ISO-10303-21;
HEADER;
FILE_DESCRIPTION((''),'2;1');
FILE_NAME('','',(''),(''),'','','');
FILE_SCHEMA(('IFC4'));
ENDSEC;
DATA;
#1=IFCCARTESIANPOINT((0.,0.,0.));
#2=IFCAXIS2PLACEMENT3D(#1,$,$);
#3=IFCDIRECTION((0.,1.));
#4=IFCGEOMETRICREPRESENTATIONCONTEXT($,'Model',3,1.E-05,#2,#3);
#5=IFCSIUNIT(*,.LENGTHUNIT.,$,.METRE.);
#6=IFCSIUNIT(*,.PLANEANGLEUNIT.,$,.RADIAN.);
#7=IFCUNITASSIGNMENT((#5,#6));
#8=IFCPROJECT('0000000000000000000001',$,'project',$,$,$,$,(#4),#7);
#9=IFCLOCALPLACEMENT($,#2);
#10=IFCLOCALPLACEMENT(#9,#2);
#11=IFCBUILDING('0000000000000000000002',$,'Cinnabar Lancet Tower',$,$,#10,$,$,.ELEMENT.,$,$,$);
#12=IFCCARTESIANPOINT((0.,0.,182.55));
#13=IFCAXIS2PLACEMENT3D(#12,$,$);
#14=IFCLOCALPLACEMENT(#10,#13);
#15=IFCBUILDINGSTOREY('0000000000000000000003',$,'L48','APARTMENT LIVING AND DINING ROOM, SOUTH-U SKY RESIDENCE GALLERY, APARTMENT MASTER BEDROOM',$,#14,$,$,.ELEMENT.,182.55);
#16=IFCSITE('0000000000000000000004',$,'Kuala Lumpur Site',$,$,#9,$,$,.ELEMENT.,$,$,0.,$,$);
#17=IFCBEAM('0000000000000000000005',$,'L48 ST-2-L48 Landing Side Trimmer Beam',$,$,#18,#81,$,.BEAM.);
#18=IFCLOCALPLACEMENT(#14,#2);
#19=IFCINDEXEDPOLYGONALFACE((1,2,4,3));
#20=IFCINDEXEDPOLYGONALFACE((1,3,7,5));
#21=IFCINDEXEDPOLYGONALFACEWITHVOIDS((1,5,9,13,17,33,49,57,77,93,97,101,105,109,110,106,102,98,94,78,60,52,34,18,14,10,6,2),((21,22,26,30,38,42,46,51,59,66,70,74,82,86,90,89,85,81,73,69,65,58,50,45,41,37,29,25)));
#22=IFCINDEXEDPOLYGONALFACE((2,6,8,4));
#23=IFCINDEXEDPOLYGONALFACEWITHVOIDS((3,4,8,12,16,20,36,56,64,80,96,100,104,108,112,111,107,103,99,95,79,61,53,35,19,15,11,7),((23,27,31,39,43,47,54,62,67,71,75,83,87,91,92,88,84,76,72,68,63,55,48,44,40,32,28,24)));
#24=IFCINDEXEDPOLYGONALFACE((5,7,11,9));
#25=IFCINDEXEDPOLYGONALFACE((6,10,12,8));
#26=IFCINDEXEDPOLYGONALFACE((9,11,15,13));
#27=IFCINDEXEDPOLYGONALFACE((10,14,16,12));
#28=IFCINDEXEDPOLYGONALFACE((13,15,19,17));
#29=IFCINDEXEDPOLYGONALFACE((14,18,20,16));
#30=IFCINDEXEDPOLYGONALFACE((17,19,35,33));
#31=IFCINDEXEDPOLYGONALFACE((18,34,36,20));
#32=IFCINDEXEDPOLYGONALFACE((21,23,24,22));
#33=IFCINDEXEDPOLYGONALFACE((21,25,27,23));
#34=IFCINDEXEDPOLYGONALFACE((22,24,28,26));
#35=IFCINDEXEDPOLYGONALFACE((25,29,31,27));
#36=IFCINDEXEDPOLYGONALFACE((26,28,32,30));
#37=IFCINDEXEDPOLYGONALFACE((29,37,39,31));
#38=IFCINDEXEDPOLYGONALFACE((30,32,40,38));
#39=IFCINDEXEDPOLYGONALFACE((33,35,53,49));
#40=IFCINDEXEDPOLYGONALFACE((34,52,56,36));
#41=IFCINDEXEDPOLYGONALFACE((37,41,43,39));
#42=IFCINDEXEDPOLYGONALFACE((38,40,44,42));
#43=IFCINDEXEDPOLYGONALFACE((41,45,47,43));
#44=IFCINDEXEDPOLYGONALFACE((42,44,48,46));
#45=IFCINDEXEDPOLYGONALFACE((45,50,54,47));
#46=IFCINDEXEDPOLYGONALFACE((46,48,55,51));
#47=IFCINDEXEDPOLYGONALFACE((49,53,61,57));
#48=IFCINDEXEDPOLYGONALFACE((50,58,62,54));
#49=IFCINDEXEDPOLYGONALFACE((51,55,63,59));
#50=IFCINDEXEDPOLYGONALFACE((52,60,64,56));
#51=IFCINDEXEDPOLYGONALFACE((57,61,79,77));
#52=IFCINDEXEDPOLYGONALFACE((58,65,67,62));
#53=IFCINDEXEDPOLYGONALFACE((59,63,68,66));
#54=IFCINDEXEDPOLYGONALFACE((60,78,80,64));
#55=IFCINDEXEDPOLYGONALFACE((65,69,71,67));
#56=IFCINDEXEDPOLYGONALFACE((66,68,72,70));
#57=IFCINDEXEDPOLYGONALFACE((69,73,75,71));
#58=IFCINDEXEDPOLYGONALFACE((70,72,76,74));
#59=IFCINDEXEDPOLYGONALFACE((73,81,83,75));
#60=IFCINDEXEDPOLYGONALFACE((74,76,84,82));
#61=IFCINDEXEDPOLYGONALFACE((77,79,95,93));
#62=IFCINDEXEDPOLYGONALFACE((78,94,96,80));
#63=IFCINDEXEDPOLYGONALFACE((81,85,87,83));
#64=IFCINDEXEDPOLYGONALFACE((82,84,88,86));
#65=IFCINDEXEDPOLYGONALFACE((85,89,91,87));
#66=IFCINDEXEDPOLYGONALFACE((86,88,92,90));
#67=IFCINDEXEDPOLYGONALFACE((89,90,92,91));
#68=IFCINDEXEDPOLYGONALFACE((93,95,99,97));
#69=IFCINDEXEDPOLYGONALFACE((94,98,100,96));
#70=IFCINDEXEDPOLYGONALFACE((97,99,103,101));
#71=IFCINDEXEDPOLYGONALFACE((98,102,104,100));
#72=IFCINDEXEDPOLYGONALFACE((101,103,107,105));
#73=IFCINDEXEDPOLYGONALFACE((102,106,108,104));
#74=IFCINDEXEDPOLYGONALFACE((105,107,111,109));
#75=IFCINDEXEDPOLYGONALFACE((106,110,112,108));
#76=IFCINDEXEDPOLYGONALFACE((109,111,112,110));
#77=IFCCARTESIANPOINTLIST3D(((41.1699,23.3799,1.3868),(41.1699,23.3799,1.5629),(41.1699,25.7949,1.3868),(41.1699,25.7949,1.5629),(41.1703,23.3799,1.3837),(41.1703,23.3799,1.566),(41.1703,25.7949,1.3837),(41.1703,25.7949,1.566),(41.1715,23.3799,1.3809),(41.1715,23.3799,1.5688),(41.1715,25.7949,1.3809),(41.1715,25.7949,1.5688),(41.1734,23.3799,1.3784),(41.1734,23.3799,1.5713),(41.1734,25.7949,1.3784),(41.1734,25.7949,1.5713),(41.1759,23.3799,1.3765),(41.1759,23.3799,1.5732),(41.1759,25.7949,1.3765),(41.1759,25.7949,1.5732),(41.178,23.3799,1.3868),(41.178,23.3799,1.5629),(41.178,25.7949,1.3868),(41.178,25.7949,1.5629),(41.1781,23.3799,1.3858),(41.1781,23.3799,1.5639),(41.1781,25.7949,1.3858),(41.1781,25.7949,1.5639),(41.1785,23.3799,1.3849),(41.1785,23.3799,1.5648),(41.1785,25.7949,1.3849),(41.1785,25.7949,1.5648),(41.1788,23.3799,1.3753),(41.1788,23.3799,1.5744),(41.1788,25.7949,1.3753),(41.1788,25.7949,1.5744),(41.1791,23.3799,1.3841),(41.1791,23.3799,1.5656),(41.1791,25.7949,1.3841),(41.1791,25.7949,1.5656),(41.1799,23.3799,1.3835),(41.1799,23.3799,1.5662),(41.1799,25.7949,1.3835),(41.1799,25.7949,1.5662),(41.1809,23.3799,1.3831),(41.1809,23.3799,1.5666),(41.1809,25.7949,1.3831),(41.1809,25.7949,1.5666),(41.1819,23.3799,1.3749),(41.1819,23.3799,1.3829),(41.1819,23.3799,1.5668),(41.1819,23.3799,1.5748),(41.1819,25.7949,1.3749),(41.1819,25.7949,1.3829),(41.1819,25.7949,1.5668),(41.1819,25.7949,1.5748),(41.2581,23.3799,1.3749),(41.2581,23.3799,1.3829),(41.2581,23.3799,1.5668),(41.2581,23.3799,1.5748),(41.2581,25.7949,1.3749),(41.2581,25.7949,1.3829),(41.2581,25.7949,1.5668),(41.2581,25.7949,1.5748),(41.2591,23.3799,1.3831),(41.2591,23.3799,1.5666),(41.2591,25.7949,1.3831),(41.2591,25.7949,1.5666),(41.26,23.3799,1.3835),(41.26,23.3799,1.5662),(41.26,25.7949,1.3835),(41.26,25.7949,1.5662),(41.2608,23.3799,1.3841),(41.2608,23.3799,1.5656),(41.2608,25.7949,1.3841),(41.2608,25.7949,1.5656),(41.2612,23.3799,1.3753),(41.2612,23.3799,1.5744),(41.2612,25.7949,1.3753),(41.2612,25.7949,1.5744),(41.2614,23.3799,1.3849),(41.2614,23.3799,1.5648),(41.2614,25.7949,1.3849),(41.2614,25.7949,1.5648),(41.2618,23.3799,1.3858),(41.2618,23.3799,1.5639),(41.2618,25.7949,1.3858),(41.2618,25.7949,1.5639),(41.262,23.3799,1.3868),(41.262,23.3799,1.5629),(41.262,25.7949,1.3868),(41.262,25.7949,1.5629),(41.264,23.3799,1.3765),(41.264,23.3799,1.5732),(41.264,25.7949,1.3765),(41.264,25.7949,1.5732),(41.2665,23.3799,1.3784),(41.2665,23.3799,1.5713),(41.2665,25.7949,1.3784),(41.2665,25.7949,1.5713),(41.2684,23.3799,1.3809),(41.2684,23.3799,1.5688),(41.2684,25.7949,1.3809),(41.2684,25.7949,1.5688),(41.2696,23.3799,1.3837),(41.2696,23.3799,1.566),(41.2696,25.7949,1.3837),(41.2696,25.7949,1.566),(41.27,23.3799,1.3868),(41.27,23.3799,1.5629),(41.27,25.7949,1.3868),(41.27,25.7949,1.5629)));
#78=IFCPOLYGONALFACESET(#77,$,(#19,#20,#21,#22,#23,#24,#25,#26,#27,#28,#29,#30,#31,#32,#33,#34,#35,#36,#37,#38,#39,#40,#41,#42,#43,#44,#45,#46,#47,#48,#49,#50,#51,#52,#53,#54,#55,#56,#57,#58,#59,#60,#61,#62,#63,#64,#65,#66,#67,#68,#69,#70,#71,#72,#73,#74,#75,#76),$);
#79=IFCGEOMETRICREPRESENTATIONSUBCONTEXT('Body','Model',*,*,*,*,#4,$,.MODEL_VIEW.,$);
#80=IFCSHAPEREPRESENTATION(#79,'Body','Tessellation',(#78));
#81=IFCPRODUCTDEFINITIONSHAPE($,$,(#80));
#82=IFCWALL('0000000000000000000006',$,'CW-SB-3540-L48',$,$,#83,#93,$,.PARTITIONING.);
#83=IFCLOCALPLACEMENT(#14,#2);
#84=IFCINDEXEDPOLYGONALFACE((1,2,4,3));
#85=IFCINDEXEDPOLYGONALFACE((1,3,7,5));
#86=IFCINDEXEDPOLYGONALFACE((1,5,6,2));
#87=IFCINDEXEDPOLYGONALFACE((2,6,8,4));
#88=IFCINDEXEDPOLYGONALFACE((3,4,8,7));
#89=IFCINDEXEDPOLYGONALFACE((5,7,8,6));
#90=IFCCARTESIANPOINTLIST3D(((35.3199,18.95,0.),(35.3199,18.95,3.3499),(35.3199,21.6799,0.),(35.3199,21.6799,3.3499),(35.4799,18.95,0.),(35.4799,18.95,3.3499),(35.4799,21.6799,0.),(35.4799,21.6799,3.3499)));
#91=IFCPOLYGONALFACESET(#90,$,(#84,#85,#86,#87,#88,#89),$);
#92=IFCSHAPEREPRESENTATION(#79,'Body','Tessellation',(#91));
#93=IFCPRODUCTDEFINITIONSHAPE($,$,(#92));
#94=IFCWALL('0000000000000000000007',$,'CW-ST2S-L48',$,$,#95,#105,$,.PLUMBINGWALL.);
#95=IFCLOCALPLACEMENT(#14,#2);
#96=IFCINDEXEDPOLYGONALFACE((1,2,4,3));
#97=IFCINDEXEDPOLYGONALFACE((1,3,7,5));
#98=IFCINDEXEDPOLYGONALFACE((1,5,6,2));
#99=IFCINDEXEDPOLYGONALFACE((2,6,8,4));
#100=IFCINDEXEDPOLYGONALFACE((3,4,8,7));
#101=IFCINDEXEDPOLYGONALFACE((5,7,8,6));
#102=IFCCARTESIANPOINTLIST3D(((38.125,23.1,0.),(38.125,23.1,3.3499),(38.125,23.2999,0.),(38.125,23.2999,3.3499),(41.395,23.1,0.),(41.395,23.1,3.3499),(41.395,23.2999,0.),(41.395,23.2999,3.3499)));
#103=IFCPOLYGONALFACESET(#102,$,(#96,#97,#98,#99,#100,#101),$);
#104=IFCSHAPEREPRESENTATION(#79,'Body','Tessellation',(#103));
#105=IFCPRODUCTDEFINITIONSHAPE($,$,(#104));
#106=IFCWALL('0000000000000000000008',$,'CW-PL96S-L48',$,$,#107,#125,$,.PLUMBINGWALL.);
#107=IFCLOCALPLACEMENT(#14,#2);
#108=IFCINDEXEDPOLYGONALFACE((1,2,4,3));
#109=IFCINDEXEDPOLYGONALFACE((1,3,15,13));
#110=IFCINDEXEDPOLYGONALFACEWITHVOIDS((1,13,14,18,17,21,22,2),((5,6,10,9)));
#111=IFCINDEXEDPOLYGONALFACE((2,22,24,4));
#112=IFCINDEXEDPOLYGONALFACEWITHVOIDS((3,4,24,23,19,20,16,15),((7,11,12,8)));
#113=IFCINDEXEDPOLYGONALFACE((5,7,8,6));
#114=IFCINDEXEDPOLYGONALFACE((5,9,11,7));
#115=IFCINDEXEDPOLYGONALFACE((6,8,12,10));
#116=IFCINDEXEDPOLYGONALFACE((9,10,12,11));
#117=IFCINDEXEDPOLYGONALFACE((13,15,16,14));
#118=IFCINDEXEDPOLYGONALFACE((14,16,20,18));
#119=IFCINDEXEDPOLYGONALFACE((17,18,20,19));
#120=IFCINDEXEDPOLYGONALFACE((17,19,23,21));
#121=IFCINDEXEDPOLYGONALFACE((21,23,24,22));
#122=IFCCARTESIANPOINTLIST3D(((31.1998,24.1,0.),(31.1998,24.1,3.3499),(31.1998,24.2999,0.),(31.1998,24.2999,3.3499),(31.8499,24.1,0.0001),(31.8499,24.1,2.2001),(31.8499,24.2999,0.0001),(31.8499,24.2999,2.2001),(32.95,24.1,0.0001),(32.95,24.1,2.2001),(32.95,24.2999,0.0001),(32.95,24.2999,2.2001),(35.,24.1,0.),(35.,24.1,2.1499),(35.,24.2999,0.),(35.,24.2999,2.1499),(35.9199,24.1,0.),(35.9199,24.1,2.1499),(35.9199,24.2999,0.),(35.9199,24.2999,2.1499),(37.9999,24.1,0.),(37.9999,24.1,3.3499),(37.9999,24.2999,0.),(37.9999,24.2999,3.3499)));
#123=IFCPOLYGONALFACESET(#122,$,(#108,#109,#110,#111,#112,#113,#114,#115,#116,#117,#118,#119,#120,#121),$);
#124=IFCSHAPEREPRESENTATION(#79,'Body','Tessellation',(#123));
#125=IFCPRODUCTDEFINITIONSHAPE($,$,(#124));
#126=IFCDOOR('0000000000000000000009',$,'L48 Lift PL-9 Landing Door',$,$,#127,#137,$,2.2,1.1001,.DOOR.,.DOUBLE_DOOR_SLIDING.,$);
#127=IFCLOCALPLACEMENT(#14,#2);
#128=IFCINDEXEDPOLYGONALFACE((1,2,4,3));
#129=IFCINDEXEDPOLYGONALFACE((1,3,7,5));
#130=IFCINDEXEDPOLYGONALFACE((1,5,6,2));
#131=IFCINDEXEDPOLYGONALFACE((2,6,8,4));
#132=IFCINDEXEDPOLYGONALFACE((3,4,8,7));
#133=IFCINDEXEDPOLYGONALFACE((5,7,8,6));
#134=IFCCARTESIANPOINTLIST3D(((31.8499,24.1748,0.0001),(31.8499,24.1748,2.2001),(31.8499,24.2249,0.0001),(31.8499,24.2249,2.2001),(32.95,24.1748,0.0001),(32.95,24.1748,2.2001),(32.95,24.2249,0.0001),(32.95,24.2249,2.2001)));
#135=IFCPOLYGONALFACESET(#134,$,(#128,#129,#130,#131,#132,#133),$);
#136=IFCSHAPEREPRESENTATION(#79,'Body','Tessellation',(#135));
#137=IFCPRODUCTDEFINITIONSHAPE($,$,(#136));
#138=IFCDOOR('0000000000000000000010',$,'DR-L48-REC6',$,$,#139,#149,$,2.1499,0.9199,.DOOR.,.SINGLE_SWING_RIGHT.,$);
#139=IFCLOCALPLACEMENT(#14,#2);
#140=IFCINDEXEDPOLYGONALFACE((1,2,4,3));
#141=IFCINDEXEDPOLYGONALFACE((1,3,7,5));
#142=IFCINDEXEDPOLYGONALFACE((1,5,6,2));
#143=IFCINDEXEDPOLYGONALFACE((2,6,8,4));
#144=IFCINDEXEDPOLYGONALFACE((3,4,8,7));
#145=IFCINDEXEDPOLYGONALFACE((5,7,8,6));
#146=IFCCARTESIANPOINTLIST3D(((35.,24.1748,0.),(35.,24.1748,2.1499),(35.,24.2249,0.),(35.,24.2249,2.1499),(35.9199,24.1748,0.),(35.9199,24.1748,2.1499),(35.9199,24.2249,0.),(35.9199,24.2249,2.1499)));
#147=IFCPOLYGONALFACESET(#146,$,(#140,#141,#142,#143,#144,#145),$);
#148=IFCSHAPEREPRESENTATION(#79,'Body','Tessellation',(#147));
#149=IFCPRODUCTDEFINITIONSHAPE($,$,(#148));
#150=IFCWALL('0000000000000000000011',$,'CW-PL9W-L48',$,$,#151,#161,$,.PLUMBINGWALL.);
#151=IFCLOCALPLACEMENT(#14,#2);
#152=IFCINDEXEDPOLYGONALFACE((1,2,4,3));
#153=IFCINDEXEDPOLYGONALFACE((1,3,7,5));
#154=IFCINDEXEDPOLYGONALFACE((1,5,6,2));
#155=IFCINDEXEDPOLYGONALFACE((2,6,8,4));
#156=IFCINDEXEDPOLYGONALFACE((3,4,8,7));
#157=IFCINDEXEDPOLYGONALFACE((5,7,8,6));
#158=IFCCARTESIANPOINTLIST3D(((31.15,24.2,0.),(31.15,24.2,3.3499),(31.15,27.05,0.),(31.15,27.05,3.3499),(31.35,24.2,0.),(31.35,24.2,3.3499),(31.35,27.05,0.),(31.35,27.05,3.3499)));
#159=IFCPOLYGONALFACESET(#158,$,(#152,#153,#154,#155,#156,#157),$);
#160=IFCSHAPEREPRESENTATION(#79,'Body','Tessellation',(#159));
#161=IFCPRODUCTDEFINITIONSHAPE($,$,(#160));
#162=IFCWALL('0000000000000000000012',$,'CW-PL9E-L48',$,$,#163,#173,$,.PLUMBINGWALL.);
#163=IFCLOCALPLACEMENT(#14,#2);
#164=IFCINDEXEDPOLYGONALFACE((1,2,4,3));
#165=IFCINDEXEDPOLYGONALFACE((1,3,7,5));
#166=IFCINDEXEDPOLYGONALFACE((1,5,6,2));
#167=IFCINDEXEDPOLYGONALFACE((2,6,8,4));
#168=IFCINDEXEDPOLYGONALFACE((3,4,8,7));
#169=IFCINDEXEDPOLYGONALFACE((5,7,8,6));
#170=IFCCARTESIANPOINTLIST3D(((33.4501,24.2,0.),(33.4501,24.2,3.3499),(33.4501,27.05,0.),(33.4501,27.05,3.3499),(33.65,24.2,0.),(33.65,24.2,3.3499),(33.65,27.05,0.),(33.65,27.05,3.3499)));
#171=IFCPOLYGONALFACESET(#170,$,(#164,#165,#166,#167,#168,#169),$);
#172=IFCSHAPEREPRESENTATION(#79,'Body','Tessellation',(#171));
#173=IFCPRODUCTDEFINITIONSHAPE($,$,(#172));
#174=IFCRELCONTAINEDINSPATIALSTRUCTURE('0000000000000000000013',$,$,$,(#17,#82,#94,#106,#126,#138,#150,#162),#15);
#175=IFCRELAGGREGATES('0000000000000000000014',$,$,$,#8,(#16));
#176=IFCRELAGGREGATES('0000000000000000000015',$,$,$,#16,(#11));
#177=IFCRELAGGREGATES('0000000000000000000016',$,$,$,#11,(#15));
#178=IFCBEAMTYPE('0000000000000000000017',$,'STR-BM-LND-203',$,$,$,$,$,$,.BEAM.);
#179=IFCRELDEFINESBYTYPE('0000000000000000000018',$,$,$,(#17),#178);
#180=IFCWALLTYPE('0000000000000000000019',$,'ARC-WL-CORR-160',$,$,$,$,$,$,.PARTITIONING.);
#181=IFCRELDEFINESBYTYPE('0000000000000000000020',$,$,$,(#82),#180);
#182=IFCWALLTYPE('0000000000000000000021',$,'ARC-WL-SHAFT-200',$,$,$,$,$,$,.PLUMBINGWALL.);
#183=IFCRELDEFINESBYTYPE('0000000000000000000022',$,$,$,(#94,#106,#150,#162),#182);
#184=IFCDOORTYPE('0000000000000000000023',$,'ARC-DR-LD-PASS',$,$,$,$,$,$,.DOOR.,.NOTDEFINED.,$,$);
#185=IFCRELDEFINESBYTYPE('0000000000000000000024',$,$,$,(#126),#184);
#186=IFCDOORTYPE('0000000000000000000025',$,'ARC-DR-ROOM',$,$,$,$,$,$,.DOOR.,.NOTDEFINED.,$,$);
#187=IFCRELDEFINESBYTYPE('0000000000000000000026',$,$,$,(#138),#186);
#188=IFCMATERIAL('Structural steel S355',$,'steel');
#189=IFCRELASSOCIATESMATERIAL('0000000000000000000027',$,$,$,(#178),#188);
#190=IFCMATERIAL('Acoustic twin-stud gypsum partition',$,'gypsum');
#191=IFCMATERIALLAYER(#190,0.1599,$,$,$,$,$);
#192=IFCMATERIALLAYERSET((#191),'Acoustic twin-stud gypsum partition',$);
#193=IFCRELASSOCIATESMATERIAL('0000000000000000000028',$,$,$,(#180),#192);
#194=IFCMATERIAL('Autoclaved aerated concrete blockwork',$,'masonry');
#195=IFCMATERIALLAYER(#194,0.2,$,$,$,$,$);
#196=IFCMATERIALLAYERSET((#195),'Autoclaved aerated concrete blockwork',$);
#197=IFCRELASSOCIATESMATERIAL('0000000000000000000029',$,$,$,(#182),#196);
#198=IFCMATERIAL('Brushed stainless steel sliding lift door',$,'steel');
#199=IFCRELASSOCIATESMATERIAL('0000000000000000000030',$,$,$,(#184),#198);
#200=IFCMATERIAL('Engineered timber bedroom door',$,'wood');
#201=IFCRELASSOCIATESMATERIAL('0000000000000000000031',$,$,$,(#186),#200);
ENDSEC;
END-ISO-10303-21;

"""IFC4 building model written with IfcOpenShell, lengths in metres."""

from ifc_helpers import new_model, si_unit, direction, frame, frame_2d, origin, origin_2d, place, context, subcontext, project, spatial, rectangle, hollow_rectangle, extrude, material, layer, layer_set, material_profile, profile_set, type_object, element, fill, save


model = new_model("IFC4")

# Units and contexts
model_context = context("Model", 3, precision=1e-05, world=origin(), true_north=direction((0.0, 1.0)))
body_context = subcontext(model_context, "Body", "Model", "MODEL_VIEW")
ifc_project = project(units=[si_unit("LENGTHUNIT", "METRE"), si_unit("PLANEANGLEUNIT", "RADIAN")], contexts=[model_context])

# Site, building, storey
site_placement = place(None, origin())
site = spatial("IfcSite", under=ifc_project, at=site_placement, Name="Kuala Lumpur Site", CompositionType="ELEMENT", RefElevation=0.0)
building_placement = place(site_placement, origin())
building = spatial("IfcBuilding", under=site, at=building_placement, Name="Cinnabar Lancet Tower", CompositionType="ELEMENT")
storey_placement = place(building_placement, frame((0.0, 0.0, 182.55)))
storey = spatial("IfcBuildingStorey", under=building, at=storey_placement, Name="L48", Description="APARTMENT LIVING AND DINING ROOM, SOUTH-U SKY RESIDENCE GALLERY, APARTMENT MASTER BEDROOM", CompositionType="ELEMENT", Elevation=182.55)

# Beam
ifc_material_1 = material(Name="Structural steel S355", Category="steel")
ifc_material_profile_1 = material_profile(ifc_material_1, hollow_rectangle(XDim=0.1001, YDim=0.2, WallThickness=0.0081, InnerFilletRadius=0.0039, OuterFilletRadius=0.012, at=origin_2d()), Name="RHS 200x100x8")
ifc_profile_set_1 = profile_set([ifc_material_profile_1], Name="Structural steel S355")
beam_type_1 = type_object("IfcBeamType", Name="STR-BM-LND-203", PredefinedType="BEAM", material=ifc_profile_set_1)
beam_1_placement = place(storey_placement, frame((41.22, 23.3799, 1.4749), z_axis=(0.0, 1.0, 0.0), x_axis=(-1.0, 0.0, 0.0)))
element("IfcBeam", 1, at=beam_1_placement, inside=storey, type_object=beam_type_1, Name="L48 ST-2-L48 Landing Side Trimmer Beam", PredefinedType="BEAM", context=body_context, shape_type="SweptSolid", body=[
    extrude(hollow_rectangle(XDim=0.1001, YDim=0.2, WallThickness=0.0081, InnerFilletRadius=0.0039, OuterFilletRadius=0.012, at=origin_2d()), origin(), (0.0, 0.0, 1.0), 2.415),
])

# Walls
ifc_material_2 = material(Name="Acoustic twin-stud gypsum partition", Category="gypsum")
ifc_layer_1 = layer(ifc_material_2, 0.1599)
ifc_layer_set_1 = layer_set([ifc_layer_1], Name="Acoustic twin-stud gypsum partition")
wall_type_1 = type_object("IfcWallType", Name="ARC-WL-CORR-160", PredefinedType="PARTITIONING", material=ifc_layer_set_1)
wall_1_placement = place(storey_placement, frame((35.3999, 18.95, 0.0), z_axis=(0.0, 0.0, 1.0), x_axis=(0.0, 1.0, 0.0)))
element("IfcWall", 2, at=wall_1_placement, inside=storey, type_object=wall_type_1, Name="CW-SB-3540-L48", PredefinedType="PARTITIONING", context=body_context, shape_type="SweptSolid", body=[
    extrude(rectangle(XDim=2.73, YDim=0.1599, at=frame_2d((1.365, 0.0))), origin(), (0.0, 0.0, 1.0), 3.3499),
])
ifc_material_3 = material(Name="Autoclaved aerated concrete blockwork", Category="masonry")
ifc_layer_2 = layer(ifc_material_3, 0.2)
ifc_layer_set_2 = layer_set([ifc_layer_2], Name="Autoclaved aerated concrete blockwork")
wall_type_2 = type_object("IfcWallType", Name="ARC-WL-SHAFT-200", PredefinedType="PLUMBINGWALL", material=ifc_layer_set_2)
wall_2_placement = place(storey_placement, frame((38.125, 23.2, 0.0), z_axis=(0.0, 0.0, 1.0), x_axis=(1.0, 0.0, 0.0)))
element("IfcWall", 3, at=wall_2_placement, inside=storey, type_object=wall_type_2, Name="CW-ST2S-L48", PredefinedType="PLUMBINGWALL", context=body_context, shape_type="SweptSolid", body=[
    extrude(rectangle(XDim=3.27, YDim=0.2, at=frame_2d((1.635, 0.0))), origin(), (0.0, 0.0, 1.0), 3.3499),
])

# Wall, openings, doors
wall_3_placement = place(storey_placement, frame((31.2, 24.2, 0.0), z_axis=(0.0, 0.0, 1.0), x_axis=(1.0, 0.0, 0.0)))
wall_3 = element("IfcWall", 4, at=wall_3_placement, inside=storey, type_object=wall_type_2, Name="CW-PL96S-L48", PredefinedType="PLUMBINGWALL", context=body_context, shape_type="SweptSolid", body=[
    extrude(rectangle(XDim=6.8, YDim=0.2, at=frame_2d((3.3999, 0.0))), origin(), (0.0, 0.0, 1.0), 3.3499),
])
opening_1_placement = place(wall_3_placement, frame((0.6499, 0.0, 0.0)))
opening_1 = element("IfcOpeningElement", 5, at=opening_1_placement, cuts=wall_3, PredefinedType="OPENING", context=body_context, shape_type="SweptSolid", body=[
    extrude(rectangle(XDim=1.1001, YDim=2.2, at=frame_2d((0.55, 1.1001))), frame((0.0, 0.1099, 0.0), z_axis=(0.0, -1.0, 0.0), x_axis=(1.0, 0.0, 0.0)), (0.0, 0.0, 1.0), 0.22),
])
opening_2_placement = place(wall_3_placement, frame((3.8, 0.0, 0.0)))
opening_2 = element("IfcOpeningElement", 6, at=opening_2_placement, cuts=wall_3, PredefinedType="OPENING", context=body_context, shape_type="SweptSolid", body=[
    extrude(rectangle(XDim=0.9199, YDim=2.1499, at=frame_2d((0.46, 1.075))), frame((0.0, 0.1099, 0.0), z_axis=(0.0, -1.0, 0.0), x_axis=(1.0, 0.0, 0.0)), (0.0, 0.0, 1.0), 0.22),
])
ifc_material_4 = material(Name="Brushed stainless steel sliding lift door", Category="steel")
door_type_1 = type_object("IfcDoorType", Name="ARC-DR-LD-PASS", OperationType="NOTDEFINED", PredefinedType="DOOR", material=ifc_material_4)
door_1_placement = place(opening_1_placement, origin())
door_1 = element("IfcDoor", 7, at=door_1_placement, inside=storey, type_object=door_type_1, Name="L48 Lift PL-9 Landing Door", OperationType="DOUBLE_DOOR_SLIDING", OverallHeight=2.2, OverallWidth=1.1001, PredefinedType="DOOR", context=body_context, shape_type="SweptSolid", body=[
    extrude(rectangle(XDim=1.1001, YDim=2.2, at=frame_2d((0.55, 1.1001))), frame((0.0, 0.0249, 0.0), z_axis=(0.0, -1.0, 0.0), x_axis=(1.0, 0.0, 0.0)), (0.0, 0.0, 1.0), 0.05),
])
fill(opening_1, door_1)
ifc_material_5 = material(Name="Engineered timber bedroom door", Category="wood")
door_type_2 = type_object("IfcDoorType", Name="ARC-DR-ROOM", OperationType="NOTDEFINED", PredefinedType="DOOR", material=ifc_material_5)
door_2_placement = place(opening_2_placement, origin())
door_2 = element("IfcDoor", 8, at=door_2_placement, inside=storey, type_object=door_type_2, Name="DR-L48-REC6", OperationType="SINGLE_SWING_RIGHT", OverallHeight=2.1499, OverallWidth=0.9199, PredefinedType="DOOR", context=body_context, shape_type="SweptSolid", body=[
    extrude(rectangle(XDim=0.9199, YDim=2.1499, at=frame_2d((0.46, 1.075))), frame((0.0, 0.0249, 0.0), z_axis=(0.0, -1.0, 0.0), x_axis=(1.0, 0.0, 0.0)), (0.0, 0.0, 1.0), 0.05),
])
fill(opening_2, door_2)

# Walls
for number, where, z_axis, x_axis, name in (
    (9, (31.25, 24.2, 0.0), (0.0, 0.0, 1.0), (0.0, 1.0, 0.0), "CW-PL9W-L48"),
    (10, (33.55, 24.2, 0.0), (0.0, 0.0, 1.0), (0.0, 1.0, 0.0), "CW-PL9E-L48"),
):
    element("IfcWall", number, at=place(storey_placement, frame(where, z_axis=z_axis, x_axis=x_axis)), inside=storey, type_object=wall_type_2, Name=name, PredefinedType="PLUMBINGWALL", context=body_context, shape_type="SweptSolid", body=[
        extrude(rectangle(XDim=2.8501, YDim=0.2, at=frame_2d((1.425, 0.0))), origin(), (0.0, 0.0, 1.0), 3.3499),
    ])

save(model, "model.ifc")
